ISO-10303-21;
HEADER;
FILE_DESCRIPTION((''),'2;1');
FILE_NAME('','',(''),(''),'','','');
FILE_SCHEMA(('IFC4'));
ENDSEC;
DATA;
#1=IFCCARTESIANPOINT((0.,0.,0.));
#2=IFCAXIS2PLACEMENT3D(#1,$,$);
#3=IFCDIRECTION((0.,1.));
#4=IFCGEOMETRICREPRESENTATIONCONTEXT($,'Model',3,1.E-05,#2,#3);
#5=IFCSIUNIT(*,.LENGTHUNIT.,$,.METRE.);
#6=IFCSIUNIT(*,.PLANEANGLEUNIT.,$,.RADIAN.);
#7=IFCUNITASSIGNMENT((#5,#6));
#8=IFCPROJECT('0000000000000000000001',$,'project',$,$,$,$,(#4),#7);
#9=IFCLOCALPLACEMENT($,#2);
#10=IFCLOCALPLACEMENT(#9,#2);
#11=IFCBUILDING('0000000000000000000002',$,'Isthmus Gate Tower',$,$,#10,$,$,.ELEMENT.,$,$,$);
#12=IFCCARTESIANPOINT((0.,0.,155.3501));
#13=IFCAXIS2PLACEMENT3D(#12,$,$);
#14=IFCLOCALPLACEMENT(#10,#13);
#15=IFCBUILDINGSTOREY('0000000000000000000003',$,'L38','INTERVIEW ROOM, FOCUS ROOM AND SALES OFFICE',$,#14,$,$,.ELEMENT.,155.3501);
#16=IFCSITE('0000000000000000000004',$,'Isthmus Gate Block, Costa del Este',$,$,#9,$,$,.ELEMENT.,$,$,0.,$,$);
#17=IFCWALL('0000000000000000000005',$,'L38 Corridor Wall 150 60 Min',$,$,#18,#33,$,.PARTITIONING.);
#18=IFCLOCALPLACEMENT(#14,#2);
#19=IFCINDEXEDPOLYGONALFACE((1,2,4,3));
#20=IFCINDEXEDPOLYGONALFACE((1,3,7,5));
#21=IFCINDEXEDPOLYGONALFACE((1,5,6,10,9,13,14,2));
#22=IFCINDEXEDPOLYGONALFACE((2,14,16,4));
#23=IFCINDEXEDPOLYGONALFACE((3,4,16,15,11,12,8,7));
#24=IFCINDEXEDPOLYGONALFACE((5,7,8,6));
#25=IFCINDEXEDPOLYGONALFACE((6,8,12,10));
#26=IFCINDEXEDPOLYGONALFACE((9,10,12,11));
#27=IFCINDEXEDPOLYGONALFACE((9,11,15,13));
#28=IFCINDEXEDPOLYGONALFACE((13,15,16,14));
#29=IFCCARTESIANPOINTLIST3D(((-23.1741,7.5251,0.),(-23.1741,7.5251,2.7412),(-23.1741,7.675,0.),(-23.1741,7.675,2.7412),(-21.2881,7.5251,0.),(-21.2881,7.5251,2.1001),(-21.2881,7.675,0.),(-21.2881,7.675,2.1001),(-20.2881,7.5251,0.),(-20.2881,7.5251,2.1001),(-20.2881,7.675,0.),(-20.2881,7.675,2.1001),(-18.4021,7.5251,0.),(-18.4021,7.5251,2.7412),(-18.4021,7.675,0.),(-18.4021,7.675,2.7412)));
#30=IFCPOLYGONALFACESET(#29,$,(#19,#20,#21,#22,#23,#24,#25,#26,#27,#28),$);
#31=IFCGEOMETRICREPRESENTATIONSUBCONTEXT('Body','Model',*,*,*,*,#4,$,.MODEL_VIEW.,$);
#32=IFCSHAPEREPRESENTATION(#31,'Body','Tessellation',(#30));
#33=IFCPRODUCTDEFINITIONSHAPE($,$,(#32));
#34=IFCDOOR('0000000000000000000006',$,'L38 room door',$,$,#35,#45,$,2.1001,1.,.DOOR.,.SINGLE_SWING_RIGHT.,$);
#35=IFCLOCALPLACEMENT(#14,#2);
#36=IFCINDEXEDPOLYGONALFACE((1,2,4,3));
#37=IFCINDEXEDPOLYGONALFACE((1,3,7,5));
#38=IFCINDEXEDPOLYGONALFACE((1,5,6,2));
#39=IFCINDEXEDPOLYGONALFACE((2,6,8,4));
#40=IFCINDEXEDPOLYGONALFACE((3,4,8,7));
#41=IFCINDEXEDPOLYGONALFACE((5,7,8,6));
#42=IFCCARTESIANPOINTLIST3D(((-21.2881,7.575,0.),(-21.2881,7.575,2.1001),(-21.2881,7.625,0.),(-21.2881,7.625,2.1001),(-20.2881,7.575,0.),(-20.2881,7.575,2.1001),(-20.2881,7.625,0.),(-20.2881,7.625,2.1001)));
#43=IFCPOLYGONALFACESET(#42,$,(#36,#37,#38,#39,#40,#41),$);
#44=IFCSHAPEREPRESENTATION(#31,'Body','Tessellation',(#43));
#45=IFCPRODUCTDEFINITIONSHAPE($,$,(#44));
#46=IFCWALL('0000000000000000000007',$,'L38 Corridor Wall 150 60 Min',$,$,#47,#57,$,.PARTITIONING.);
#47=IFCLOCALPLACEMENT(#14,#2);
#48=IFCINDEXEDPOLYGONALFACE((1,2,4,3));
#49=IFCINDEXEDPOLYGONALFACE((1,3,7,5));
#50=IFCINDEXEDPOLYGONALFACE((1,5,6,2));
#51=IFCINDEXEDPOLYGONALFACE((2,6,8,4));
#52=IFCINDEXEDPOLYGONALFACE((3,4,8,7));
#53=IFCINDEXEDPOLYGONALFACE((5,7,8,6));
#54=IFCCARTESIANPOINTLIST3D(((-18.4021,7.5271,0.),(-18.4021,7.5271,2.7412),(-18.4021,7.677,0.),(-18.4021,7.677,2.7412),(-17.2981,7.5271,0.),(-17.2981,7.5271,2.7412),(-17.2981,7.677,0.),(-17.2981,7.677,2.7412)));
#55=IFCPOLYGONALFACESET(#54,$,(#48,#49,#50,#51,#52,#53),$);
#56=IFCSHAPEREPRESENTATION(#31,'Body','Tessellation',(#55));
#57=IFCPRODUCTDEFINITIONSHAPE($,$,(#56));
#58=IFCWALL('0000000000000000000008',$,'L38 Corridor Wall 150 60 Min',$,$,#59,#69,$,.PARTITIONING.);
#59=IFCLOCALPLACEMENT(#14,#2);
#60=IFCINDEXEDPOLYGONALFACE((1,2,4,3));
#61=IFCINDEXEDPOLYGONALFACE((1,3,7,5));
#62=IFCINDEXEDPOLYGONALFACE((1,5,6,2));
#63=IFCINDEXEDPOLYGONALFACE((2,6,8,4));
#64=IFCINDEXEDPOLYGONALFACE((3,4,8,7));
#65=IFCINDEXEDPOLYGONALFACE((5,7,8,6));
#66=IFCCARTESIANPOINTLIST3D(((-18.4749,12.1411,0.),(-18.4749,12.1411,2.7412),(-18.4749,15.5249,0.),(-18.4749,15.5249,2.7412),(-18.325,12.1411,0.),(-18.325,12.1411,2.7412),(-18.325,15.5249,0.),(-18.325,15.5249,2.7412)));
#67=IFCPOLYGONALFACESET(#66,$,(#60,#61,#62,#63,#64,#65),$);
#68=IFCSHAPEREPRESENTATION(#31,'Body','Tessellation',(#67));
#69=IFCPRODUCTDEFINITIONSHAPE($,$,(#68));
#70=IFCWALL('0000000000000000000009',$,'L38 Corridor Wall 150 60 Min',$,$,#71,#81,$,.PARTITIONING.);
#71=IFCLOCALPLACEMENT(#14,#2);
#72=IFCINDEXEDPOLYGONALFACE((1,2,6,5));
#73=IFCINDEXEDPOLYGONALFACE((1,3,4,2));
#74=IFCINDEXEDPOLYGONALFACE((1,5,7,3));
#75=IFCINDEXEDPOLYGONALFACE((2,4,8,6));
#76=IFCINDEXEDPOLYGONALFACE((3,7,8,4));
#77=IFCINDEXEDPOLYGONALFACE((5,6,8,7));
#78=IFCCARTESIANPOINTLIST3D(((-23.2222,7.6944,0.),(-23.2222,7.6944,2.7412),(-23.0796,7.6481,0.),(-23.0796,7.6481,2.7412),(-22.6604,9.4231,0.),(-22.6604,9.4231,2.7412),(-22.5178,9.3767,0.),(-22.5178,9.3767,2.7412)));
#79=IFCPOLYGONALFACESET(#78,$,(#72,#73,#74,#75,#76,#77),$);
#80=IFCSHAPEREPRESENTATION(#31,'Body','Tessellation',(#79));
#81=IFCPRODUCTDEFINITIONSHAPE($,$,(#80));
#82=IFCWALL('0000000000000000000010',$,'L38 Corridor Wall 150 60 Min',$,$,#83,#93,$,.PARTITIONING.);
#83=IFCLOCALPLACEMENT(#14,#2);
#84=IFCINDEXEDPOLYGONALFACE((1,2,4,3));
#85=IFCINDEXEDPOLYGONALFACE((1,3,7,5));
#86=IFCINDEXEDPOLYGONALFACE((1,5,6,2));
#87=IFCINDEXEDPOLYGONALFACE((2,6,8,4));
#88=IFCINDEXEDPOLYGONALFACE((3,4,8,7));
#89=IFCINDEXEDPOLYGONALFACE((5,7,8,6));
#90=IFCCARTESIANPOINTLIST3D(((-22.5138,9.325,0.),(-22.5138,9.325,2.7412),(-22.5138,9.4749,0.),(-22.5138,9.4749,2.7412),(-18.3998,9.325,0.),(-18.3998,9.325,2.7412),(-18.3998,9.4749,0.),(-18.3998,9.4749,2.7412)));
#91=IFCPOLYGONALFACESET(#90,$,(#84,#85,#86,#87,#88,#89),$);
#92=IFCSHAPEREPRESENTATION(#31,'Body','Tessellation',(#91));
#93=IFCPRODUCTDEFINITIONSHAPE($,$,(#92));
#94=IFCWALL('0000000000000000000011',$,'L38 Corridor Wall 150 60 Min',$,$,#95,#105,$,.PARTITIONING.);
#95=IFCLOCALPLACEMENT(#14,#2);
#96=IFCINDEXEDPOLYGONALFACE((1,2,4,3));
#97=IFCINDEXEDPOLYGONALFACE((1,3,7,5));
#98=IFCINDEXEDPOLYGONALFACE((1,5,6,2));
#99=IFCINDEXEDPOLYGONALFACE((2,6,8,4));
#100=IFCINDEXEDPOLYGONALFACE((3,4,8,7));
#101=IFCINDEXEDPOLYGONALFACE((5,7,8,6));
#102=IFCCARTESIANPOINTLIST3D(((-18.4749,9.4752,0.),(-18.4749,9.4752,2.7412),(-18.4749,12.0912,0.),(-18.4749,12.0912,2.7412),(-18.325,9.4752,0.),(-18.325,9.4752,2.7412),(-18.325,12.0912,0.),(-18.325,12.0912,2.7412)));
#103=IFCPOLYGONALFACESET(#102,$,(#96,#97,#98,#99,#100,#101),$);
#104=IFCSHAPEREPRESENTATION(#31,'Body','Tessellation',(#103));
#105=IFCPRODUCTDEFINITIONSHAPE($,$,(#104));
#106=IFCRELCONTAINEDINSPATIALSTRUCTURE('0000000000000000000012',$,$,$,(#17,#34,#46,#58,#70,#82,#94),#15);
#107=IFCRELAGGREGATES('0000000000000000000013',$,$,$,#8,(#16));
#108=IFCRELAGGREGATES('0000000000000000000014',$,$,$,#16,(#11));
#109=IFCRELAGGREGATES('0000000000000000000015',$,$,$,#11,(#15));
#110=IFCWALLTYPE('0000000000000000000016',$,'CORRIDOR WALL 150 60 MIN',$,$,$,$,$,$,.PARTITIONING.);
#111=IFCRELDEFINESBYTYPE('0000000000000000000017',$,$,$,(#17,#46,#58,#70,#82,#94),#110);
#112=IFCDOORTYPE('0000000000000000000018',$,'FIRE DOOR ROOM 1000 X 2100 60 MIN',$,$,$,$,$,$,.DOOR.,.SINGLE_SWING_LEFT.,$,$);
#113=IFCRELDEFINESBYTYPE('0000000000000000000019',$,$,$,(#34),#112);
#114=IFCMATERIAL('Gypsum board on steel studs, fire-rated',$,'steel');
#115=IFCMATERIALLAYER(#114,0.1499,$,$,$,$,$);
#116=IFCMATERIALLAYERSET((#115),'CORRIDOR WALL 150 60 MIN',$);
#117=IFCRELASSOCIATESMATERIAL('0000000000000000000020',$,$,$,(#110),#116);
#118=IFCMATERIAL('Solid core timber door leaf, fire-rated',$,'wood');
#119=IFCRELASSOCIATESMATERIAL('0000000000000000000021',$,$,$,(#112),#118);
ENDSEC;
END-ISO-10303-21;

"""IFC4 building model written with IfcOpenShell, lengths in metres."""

from ifc_helpers import new_model, si_unit, direction, frame, frame_2d, origin, place, context, subcontext, project, spatial, rectangle, extrude, material, layer, layer_set, type_object, element, fill, save


model = new_model("IFC4")

# Units and contexts
model_context = context("Model", 3, precision=1e-05, world=origin(), true_north=direction((0.0, 1.0)))
body_context = subcontext(model_context, "Body", "Model", "MODEL_VIEW")
ifc_project = project(units=[si_unit("LENGTHUNIT", "METRE"), si_unit("PLANEANGLEUNIT", "RADIAN")], contexts=[model_context])

# Site, building, storey
site_placement = place(None, origin())
site = spatial("IfcSite", under=ifc_project, at=site_placement, Name="Isthmus Gate Block, Costa del Este", CompositionType="ELEMENT", RefElevation=0.0)
building_placement = place(site_placement, origin())
building = spatial("IfcBuilding", under=site, at=building_placement, Name="Isthmus Gate Tower", CompositionType="ELEMENT")
storey_placement = place(building_placement, frame((0.0, 0.0, 155.3501)))
storey = spatial("IfcBuildingStorey", under=building, at=storey_placement, Name="L38", Description="INTERVIEW ROOM, FOCUS ROOM AND SALES OFFICE", CompositionType="ELEMENT", Elevation=155.3501)

# Wall, opening, door
ifc_material_1 = material(Name="Gypsum board on steel studs, fire-rated", Category="steel")
ifc_layer_1 = layer(ifc_material_1, 0.1499)
ifc_layer_set_1 = layer_set([ifc_layer_1], Name="CORRIDOR WALL 150 60 MIN")
wall_type_1 = type_object("IfcWallType", Name="CORRIDOR WALL 150 60 MIN", PredefinedType="PARTITIONING", material=ifc_layer_set_1)
wall_1_placement = place(storey_placement, frame((-23.1741, 7.6001, 0.0), z_axis=(0.0, 0.0, 1.0), x_axis=(1.0, 0.0, 0.0)))
wall_1 = element("IfcWall", 1, at=wall_1_placement, inside=storey, type_object=wall_type_1, Name="L38 Corridor Wall 150 60 Min", PredefinedType="PARTITIONING", context=body_context, shape_type="SweptSolid", body=[
    extrude(rectangle(XDim=4.772, YDim=0.1499, at=frame_2d((2.386, 0.0))), origin(), (0.0, 0.0, 1.0), 2.7412),
])
opening_1_placement = place(wall_1_placement, frame((1.886, 0.0, 0.0)))
opening_1 = element("IfcOpeningElement", 2, at=opening_1_placement, cuts=wall_1, PredefinedType="OPENING", context=body_context, shape_type="SweptSolid", body=[
    extrude(rectangle(XDim=1.0, YDim=2.1001, at=frame_2d((0.5, 1.05))), frame((0.0, 0.085, 0.0), z_axis=(0.0, -1.0, 0.0), x_axis=(1.0, 0.0, 0.0)), (0.0, 0.0, 1.0), 0.1699),
])
ifc_material_2 = material(Name="Solid core timber door leaf, fire-rated", Category="wood")
door_type_1 = type_object("IfcDoorType", Name="FIRE DOOR ROOM 1000 X 2100 60 MIN", OperationType="SINGLE_SWING_LEFT", PredefinedType="DOOR", material=ifc_material_2)
door_1_placement = place(opening_1_placement, origin())
door_1 = element("IfcDoor", 3, at=door_1_placement, inside=storey, type_object=door_type_1, Name="L38 room door", OperationType="SINGLE_SWING_RIGHT", OverallHeight=2.1001, OverallWidth=1.0, PredefinedType="DOOR", context=body_context, shape_type="SweptSolid", body=[
    extrude(rectangle(XDim=1.0, YDim=2.1001, at=frame_2d((0.5, 1.05))), frame((0.0, 0.0249, 0.0), z_axis=(0.0, -1.0, 0.0), x_axis=(1.0, 0.0, 0.0)), (0.0, 0.0, 1.0), 0.05),
])
fill(opening_1, door_1)

# Walls
wall_2_placement = place(storey_placement, frame((-17.2981, 7.6021, 0.0), z_axis=(0.0, 0.0, 1.0), x_axis=(-1.0, 0.0, 0.0)))
element("IfcWall", 4, at=wall_2_placement, inside=storey, type_object=wall_type_1, Name="L38 Corridor Wall 150 60 Min", PredefinedType="PARTITIONING", context=body_context, shape_type="SweptSolid", body=[
    extrude(rectangle(XDim=1.104, YDim=0.1499, at=frame_2d((0.552, 0.0))), origin(), (0.0, 0.0, 1.0), 2.7412),
])
wall_3_placement = place(storey_placement, frame((-18.3999, 12.1411, 0.0), z_axis=(0.0, 0.0, 1.0), x_axis=(0.0, 1.0, 0.0)))
element("IfcWall", 5, at=wall_3_placement, inside=storey, type_object=wall_type_1, Name="L38 Corridor Wall 150 60 Min", PredefinedType="PARTITIONING", context=body_context, shape_type="SweptSolid", body=[
    extrude(rectangle(XDim=3.3838, YDim=0.1499, at=frame_2d((1.6919, 0.0))), origin(), (0.0, 0.0, 1.0), 2.7412),
])
wall_4_placement = place(storey_placement, frame((-23.1509, 7.6714, 0.0), z_axis=(0.0, 0.0, 1.0), x_axis=(0.309086, 0.951034, 0.0)))
element("IfcWall", 6, at=wall_4_placement, inside=storey, type_object=wall_type_1, Name="L38 Corridor Wall 150 60 Min", PredefinedType="PARTITIONING", context=body_context, shape_type="SweptSolid", body=[
    extrude(rectangle(XDim=1.8176, YDim=0.1499, at=frame_2d((0.9087, 0.0))), origin(), (0.0, 0.0, 1.0), 2.7412),
])
wall_5_placement = place(storey_placement, frame((-22.5139, 9.3999, 0.0), z_axis=(0.0, 0.0, 1.0), x_axis=(1.0, 0.0, 0.0)))
element("IfcWall", 7, at=wall_5_placement, inside=storey, type_object=wall_type_1, Name="L38 Corridor Wall 150 60 Min", PredefinedType="PARTITIONING", context=body_context, shape_type="SweptSolid", body=[
    extrude(rectangle(XDim=4.114, YDim=0.1499, at=frame_2d((2.0571, 0.0))), origin(), (0.0, 0.0, 1.0), 2.7412),
])
wall_6_placement = place(storey_placement, frame((-18.3999, 9.4751, 0.0), z_axis=(0.0, 0.0, 1.0), x_axis=(0.0, 1.0, 0.0)))
element("IfcWall", 8, at=wall_6_placement, inside=storey, type_object=wall_type_1, Name="L38 Corridor Wall 150 60 Min", PredefinedType="PARTITIONING", context=body_context, shape_type="SweptSolid", body=[
    extrude(rectangle(XDim=2.616, YDim=0.1499, at=frame_2d((1.3081, 0.0))), origin(), (0.0, 0.0, 1.0), 2.7412),
])

save(model, "model.ifc")
